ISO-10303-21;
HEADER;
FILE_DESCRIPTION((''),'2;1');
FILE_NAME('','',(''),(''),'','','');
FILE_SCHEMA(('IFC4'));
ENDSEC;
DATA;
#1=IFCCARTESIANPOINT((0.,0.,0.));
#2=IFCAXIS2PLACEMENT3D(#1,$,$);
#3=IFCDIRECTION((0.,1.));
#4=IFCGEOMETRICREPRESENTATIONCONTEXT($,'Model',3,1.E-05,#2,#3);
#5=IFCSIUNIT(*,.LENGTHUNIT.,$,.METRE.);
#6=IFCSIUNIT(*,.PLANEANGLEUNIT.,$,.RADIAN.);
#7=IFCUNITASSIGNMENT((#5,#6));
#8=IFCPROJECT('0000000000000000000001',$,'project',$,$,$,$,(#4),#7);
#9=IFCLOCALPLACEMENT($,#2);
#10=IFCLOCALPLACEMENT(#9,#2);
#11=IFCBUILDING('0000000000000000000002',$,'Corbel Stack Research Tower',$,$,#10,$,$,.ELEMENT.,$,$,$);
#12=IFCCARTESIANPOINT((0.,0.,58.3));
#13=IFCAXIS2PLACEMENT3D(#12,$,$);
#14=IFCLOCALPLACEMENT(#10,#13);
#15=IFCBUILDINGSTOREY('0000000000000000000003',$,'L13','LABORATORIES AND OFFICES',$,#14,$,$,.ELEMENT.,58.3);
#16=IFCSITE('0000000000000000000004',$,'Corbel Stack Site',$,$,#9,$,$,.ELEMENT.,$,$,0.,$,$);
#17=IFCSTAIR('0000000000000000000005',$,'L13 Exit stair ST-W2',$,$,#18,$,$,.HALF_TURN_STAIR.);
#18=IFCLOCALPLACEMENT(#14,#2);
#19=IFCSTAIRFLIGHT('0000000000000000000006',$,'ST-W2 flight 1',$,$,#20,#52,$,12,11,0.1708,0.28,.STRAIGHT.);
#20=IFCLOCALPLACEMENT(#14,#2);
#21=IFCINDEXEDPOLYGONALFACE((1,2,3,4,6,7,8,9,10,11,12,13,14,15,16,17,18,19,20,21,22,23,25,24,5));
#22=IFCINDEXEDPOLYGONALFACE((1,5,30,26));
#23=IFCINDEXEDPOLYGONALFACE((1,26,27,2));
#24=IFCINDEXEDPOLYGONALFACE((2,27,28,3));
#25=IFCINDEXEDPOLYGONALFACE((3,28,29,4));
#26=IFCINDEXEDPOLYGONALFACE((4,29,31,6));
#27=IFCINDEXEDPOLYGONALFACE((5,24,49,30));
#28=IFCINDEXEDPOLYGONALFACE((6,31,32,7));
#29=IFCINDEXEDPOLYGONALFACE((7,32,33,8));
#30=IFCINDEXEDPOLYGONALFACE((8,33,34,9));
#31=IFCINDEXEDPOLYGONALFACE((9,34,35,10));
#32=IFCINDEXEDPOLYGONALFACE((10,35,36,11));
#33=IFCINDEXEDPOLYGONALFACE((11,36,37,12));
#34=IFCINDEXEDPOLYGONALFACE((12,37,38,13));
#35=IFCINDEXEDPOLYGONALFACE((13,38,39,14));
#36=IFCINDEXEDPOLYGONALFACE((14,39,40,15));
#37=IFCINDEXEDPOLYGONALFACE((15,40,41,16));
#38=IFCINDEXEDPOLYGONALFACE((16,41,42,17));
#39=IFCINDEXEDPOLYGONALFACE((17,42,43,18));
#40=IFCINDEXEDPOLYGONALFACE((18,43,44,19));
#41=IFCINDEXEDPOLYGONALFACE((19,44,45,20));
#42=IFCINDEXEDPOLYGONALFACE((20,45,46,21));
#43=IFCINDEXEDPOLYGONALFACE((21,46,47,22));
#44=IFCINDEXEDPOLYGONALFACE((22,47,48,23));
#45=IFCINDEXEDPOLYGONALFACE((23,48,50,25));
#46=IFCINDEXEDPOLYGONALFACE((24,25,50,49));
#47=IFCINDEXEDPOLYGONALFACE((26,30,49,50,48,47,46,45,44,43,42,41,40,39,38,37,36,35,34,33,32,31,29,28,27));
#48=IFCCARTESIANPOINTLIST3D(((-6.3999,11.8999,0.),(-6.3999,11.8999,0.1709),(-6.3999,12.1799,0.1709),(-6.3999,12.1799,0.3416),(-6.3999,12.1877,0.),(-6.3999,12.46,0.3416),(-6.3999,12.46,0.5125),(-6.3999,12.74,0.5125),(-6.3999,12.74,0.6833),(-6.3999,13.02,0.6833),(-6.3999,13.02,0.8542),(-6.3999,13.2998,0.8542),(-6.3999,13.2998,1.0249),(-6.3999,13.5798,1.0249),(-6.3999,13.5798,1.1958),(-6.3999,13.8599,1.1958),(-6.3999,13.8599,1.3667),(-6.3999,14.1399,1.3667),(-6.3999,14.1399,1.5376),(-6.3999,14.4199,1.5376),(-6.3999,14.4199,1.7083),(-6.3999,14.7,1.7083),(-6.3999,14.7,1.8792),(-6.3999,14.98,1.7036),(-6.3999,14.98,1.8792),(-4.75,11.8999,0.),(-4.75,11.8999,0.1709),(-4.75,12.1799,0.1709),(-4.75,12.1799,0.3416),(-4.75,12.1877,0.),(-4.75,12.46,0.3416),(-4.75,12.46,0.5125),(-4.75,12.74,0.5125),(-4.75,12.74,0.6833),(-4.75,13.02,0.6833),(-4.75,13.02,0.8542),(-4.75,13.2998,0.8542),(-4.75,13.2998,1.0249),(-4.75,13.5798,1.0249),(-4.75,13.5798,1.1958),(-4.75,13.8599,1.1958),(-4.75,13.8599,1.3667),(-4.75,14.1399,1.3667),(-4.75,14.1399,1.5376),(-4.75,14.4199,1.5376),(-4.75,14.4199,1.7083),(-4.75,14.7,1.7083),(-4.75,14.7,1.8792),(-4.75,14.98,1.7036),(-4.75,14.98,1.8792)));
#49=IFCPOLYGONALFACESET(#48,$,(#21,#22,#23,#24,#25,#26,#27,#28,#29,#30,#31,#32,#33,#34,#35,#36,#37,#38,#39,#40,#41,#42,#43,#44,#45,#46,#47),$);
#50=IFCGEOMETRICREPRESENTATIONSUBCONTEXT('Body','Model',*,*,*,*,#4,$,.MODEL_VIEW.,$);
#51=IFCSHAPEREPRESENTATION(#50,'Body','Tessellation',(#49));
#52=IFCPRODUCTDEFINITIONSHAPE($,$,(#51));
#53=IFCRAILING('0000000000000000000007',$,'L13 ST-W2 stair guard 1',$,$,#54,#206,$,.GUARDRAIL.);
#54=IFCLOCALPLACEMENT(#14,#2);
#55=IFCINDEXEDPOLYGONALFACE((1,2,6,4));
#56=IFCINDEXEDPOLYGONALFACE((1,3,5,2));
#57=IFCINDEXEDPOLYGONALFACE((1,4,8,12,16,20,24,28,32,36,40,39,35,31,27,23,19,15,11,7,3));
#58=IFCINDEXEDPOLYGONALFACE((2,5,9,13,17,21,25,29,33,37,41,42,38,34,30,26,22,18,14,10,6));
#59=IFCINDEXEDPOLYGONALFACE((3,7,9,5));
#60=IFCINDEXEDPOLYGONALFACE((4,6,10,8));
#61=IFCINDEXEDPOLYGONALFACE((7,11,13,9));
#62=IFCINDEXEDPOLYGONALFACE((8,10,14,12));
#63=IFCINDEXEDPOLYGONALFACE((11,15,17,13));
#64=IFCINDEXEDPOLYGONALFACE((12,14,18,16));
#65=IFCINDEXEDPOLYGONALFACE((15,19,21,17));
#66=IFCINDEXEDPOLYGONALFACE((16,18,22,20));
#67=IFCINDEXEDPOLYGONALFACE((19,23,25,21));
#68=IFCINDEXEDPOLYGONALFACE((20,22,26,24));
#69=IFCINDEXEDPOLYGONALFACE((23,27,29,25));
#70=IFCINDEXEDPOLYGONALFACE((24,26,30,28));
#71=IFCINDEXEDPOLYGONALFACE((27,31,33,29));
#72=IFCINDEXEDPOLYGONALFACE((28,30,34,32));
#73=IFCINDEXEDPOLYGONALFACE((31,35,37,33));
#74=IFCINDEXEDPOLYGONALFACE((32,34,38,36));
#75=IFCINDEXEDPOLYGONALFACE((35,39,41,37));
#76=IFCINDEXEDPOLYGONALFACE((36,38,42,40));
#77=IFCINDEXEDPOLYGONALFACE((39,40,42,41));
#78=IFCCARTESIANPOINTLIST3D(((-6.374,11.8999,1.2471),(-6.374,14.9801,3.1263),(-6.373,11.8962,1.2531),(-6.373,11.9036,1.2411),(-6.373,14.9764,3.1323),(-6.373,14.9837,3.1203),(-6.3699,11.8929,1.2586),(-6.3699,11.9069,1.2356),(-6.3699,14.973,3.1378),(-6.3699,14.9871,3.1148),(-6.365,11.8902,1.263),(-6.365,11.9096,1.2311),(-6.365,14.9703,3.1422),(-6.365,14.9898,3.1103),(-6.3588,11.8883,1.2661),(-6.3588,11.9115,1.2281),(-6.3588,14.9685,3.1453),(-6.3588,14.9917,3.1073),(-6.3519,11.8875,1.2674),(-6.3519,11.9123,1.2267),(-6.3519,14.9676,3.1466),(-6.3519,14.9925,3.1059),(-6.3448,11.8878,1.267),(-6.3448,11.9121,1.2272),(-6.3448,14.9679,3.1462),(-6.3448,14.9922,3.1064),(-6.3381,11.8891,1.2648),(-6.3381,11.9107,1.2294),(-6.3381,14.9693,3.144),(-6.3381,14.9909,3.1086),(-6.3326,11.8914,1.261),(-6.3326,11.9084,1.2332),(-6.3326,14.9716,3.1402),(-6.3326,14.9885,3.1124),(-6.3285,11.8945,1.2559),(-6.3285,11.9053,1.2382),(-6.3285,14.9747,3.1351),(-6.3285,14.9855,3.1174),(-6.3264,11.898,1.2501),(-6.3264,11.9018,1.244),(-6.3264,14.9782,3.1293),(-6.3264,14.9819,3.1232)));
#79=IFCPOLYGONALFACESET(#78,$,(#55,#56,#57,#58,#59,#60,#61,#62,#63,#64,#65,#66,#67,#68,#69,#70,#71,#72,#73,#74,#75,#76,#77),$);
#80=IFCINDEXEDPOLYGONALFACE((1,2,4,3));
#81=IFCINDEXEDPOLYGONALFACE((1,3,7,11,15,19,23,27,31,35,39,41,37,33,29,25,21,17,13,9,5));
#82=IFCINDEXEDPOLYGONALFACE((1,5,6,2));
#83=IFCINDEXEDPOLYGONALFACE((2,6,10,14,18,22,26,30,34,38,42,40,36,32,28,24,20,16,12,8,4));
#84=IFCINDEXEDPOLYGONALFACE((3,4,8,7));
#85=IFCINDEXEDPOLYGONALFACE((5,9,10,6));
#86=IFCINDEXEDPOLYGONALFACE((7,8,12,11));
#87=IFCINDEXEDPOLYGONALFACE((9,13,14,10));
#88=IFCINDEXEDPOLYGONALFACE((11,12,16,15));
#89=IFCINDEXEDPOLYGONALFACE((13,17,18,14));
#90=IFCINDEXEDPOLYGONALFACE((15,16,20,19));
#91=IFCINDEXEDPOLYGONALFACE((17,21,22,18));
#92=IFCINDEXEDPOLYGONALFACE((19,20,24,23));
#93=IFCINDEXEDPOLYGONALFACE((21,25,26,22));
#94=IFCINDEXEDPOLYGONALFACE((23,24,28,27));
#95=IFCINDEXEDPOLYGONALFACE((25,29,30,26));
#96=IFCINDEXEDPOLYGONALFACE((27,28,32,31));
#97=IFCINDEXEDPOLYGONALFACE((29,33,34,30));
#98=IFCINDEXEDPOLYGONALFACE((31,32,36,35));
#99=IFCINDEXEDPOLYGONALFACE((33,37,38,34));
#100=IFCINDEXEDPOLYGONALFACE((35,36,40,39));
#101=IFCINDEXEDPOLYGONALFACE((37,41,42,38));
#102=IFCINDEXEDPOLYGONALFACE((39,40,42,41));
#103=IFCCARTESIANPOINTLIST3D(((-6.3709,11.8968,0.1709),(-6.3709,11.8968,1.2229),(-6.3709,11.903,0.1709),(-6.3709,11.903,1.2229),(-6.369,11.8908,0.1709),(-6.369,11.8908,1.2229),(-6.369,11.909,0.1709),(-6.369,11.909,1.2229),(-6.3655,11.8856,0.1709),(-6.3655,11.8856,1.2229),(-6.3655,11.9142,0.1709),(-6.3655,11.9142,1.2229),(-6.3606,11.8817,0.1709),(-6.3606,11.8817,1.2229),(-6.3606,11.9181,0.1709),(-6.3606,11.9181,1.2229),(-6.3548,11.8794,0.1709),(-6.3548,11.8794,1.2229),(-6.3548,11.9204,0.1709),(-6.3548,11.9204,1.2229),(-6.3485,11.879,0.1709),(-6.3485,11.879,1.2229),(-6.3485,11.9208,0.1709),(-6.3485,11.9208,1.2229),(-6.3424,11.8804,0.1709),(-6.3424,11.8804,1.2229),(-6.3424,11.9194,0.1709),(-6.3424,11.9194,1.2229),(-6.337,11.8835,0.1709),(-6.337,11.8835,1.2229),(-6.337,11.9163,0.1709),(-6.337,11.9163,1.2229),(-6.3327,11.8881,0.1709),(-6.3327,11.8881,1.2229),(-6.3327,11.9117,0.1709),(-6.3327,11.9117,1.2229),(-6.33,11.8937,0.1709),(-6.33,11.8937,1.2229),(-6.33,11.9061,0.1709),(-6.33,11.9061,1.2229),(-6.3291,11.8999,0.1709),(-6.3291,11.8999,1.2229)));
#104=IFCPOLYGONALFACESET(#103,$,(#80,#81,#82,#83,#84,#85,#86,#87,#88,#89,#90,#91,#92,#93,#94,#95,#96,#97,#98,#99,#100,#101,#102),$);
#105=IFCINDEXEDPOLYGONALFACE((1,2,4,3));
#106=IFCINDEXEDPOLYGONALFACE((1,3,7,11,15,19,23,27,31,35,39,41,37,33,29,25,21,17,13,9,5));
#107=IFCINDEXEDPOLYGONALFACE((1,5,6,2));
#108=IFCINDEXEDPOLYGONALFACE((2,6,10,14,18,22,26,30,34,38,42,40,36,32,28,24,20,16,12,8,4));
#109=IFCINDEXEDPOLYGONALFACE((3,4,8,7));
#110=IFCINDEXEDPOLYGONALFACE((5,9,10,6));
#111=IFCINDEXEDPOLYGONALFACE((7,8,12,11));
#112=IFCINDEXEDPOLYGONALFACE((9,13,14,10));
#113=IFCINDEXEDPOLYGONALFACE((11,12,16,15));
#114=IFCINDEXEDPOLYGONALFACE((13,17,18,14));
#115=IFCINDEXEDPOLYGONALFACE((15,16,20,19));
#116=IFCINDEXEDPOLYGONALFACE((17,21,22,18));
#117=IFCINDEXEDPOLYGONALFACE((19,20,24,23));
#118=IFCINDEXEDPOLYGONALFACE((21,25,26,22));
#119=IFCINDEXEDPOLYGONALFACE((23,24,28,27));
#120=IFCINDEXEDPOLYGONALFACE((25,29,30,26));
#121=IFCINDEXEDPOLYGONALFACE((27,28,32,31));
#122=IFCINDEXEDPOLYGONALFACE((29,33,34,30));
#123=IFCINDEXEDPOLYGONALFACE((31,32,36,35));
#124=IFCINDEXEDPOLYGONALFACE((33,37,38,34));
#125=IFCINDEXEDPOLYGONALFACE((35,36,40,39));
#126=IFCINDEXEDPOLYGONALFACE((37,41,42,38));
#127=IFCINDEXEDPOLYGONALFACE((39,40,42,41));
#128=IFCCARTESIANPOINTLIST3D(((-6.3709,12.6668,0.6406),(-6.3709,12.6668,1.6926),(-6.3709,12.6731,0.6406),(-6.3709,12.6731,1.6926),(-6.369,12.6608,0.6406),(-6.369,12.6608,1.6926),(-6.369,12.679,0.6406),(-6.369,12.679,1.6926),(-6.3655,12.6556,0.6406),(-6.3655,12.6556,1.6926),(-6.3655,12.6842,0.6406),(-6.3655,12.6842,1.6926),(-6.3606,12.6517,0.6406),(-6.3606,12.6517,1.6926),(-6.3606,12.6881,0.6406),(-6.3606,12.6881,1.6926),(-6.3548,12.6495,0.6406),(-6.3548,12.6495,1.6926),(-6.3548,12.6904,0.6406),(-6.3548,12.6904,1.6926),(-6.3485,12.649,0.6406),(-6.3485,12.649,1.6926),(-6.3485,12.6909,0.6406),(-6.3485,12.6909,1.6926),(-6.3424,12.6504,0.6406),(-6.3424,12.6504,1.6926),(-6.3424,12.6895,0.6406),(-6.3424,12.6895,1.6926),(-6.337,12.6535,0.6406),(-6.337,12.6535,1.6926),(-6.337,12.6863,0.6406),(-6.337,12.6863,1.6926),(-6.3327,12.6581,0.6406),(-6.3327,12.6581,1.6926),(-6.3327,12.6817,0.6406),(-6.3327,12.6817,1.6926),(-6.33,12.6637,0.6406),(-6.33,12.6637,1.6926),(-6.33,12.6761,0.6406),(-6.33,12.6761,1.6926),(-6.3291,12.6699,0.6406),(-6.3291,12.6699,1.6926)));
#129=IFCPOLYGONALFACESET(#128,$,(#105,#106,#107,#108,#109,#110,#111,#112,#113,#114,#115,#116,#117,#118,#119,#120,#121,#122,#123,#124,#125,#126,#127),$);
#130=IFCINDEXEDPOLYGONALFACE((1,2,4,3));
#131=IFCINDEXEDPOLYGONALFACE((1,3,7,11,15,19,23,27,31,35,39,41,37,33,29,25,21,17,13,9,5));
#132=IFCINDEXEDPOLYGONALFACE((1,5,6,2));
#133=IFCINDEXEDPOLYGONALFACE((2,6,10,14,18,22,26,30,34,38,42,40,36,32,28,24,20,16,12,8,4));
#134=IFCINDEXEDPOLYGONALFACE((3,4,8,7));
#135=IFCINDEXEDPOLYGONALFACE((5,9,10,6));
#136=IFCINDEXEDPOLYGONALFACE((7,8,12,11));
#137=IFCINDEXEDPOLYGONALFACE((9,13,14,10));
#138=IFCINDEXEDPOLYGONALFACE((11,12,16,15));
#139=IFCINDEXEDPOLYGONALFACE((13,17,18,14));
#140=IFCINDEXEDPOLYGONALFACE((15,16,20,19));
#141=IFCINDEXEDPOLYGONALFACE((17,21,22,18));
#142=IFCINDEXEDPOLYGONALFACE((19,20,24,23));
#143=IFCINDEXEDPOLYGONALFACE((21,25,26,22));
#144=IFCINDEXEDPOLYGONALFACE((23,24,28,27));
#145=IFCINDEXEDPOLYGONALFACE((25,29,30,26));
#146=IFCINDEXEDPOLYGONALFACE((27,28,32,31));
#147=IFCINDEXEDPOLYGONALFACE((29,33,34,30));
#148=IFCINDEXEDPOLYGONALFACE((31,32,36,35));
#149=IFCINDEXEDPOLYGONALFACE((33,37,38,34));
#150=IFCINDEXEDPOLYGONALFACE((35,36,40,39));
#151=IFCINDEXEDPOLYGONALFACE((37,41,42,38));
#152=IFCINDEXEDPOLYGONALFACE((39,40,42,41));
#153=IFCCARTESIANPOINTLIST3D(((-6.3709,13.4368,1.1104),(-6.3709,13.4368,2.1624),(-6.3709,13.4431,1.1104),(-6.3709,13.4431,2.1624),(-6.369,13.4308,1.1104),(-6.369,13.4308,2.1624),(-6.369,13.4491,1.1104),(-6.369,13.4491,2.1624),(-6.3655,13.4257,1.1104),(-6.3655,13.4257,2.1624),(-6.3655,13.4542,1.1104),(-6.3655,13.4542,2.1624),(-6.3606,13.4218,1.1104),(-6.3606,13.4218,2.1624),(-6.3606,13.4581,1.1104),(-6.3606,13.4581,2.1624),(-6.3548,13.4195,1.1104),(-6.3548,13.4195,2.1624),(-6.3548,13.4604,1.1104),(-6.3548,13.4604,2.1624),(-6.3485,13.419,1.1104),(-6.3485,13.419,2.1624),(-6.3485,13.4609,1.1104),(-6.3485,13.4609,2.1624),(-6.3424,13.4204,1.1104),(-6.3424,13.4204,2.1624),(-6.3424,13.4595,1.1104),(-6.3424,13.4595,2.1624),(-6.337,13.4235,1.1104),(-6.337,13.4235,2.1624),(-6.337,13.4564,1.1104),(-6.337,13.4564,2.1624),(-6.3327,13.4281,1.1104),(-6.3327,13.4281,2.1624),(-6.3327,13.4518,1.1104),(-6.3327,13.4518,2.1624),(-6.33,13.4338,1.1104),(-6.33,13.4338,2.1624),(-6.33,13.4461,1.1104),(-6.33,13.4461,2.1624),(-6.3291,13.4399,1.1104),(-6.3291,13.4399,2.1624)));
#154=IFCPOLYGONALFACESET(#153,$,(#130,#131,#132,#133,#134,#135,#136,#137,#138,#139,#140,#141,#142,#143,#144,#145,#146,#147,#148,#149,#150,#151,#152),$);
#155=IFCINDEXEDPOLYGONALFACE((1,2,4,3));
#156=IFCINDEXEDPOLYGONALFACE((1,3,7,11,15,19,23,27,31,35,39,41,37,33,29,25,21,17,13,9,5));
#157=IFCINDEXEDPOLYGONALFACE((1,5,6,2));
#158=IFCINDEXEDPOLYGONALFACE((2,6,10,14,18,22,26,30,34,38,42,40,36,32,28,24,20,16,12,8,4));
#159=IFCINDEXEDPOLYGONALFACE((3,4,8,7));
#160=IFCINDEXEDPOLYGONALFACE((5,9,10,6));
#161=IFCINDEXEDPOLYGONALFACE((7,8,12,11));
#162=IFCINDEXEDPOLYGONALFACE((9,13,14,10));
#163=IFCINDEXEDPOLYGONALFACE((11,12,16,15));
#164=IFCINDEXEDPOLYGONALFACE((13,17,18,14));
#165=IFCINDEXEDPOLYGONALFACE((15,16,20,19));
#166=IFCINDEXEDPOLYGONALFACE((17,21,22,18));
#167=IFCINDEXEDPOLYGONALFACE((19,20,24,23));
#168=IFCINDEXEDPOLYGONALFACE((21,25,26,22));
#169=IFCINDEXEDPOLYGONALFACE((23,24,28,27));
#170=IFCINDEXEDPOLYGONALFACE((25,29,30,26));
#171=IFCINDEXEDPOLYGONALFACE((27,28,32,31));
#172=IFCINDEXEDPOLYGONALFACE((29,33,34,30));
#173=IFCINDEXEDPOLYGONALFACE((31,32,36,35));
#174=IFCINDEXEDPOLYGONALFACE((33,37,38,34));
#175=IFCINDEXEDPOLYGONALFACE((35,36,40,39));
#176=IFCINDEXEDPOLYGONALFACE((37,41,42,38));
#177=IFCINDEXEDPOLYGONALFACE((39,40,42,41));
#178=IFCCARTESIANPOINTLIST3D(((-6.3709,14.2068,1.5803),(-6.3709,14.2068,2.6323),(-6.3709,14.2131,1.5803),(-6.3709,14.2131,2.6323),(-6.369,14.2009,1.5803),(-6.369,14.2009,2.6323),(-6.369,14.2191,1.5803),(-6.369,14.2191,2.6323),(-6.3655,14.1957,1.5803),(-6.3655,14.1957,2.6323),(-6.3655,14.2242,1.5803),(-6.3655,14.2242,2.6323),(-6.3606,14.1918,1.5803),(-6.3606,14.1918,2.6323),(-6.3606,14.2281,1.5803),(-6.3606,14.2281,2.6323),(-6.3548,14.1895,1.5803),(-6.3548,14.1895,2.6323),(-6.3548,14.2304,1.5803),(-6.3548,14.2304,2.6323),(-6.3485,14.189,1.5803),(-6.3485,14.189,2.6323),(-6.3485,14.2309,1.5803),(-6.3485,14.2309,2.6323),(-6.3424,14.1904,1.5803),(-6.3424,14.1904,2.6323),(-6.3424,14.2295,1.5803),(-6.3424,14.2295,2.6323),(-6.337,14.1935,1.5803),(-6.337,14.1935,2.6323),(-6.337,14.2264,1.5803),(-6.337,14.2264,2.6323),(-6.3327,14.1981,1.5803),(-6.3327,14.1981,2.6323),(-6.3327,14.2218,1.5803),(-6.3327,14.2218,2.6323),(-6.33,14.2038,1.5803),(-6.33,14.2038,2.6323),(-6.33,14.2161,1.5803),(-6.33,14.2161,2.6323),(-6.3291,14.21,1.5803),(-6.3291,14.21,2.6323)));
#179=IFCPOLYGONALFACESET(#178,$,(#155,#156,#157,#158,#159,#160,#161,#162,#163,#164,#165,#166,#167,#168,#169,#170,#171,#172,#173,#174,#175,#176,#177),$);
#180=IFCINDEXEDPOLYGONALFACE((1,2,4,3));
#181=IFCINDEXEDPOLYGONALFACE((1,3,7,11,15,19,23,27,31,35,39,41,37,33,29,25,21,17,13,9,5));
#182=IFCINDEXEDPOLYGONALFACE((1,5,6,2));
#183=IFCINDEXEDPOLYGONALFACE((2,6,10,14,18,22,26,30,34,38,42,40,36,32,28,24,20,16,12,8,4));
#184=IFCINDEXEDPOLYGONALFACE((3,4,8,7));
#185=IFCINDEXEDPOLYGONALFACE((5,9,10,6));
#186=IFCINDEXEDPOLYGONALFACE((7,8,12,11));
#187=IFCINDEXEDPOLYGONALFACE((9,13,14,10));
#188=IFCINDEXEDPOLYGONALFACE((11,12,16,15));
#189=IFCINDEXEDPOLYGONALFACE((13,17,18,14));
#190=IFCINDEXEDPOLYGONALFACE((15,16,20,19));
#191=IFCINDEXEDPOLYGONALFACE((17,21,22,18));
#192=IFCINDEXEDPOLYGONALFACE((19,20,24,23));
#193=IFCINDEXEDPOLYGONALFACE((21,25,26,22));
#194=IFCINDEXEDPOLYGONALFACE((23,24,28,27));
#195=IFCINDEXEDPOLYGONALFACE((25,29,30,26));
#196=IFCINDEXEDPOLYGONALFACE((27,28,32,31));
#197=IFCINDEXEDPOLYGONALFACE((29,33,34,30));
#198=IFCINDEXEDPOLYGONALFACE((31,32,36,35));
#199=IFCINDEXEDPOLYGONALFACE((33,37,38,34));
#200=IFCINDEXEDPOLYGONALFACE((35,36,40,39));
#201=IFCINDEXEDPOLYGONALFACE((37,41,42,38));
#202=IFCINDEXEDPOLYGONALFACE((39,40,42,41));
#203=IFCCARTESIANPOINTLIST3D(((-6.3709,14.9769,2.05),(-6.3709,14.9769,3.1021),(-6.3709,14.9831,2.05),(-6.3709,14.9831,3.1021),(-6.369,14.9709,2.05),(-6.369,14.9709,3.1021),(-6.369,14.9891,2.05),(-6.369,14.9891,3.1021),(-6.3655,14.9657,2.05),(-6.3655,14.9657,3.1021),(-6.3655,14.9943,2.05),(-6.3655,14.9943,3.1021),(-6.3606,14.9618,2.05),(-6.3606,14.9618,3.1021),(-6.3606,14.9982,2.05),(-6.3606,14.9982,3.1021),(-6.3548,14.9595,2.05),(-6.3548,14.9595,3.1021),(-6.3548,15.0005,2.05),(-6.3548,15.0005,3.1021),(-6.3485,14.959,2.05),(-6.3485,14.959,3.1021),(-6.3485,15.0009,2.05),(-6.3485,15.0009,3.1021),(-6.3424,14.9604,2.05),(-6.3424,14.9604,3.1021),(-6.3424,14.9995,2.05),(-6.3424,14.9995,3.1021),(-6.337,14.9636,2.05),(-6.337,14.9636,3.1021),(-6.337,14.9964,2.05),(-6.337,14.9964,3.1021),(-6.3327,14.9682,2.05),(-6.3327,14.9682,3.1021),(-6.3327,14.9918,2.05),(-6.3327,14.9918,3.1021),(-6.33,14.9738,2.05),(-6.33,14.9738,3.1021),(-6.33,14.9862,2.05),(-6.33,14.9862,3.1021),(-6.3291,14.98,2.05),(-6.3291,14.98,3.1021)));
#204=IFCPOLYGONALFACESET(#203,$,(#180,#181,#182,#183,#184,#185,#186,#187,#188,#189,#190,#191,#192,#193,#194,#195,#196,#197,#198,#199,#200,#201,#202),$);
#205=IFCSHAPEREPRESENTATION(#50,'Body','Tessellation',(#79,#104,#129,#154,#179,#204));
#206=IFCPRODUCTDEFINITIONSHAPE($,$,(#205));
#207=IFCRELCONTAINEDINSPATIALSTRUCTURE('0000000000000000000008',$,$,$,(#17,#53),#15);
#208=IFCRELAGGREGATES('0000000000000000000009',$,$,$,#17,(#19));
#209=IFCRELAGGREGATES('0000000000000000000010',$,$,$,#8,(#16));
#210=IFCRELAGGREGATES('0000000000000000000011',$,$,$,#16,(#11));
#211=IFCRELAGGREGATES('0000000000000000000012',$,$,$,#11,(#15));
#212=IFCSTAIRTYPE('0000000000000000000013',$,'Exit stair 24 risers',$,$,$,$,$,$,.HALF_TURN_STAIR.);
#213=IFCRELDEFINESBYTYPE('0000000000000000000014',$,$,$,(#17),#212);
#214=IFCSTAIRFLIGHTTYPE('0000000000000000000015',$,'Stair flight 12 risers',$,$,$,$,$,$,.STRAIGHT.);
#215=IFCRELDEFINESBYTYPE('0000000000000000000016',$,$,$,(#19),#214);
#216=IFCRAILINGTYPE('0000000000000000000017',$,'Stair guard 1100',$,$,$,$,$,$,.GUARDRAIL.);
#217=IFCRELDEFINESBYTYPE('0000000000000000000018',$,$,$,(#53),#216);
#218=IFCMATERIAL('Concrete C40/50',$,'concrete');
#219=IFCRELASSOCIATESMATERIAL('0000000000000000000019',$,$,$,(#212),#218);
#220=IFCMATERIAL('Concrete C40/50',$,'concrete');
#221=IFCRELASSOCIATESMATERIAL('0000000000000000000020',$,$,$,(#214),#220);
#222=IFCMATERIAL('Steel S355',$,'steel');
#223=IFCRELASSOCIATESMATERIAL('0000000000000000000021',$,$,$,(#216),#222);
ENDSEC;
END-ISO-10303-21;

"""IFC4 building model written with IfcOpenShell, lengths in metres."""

from ifc_helpers import new_model, si_unit, direction, frame, origin, origin_2d, place, context, subcontext, project, spatial, polyline, circle, outline, extrude, material, type_object, element, aggregate, save


model = new_model("IFC4")

# Units and contexts
model_context = context("Model", 3, precision=1e-05, world=origin(), true_north=direction((0.0, 1.0)))
body_context = subcontext(model_context, "Body", "Model", "MODEL_VIEW")
ifc_project = project(units=[si_unit("LENGTHUNIT", "METRE"), si_unit("PLANEANGLEUNIT", "RADIAN")], contexts=[model_context])

# Site, building, storey
site_placement = place(None, origin())
site = spatial("IfcSite", under=ifc_project, at=site_placement, Name="Corbel Stack Site", CompositionType="ELEMENT", RefElevation=0.0)
building_placement = place(site_placement, origin())
building = spatial("IfcBuilding", under=site, at=building_placement, Name="Corbel Stack Research Tower", CompositionType="ELEMENT")
storey_placement = place(building_placement, frame((0.0, 0.0, 58.3)))
storey = spatial("IfcBuildingStorey", under=building, at=storey_placement, Name="L13", Description="LABORATORIES AND OFFICES", CompositionType="ELEMENT", Elevation=58.3)

# Stair, stair flight
ifc_material_1 = material(Name="Concrete C40/50", Category="concrete")
stair_type = type_object("IfcStairType", Name="Exit stair 24 risers", PredefinedType="HALF_TURN_STAIR", material=ifc_material_1)
stair_placement = place(storey_placement, origin())
stair = element("IfcStair", 1, at=stair_placement, inside=storey, type_object=stair_type, Name="L13 Exit stair ST-W2", PredefinedType="HALF_TURN_STAIR")
ifc_material_2 = material(Name="Concrete C40/50", Category="concrete")
stair_flight_type = type_object("IfcStairFlightType", Name="Stair flight 12 risers", PredefinedType="STRAIGHT", material=ifc_material_2)
stair_flight_placement = place(storey_placement, frame((-5.575, 11.8999, 0.0), z_axis=(0.0, 0.0, 1.0), x_axis=(0.0, 1.0, 0.0)))
stair_flight = element("IfcStairFlight", 2, at=stair_flight_placement, type_object=stair_flight_type, Name="ST-W2 flight 1", NumberOfRisers=12, NumberOfTreads=11, PredefinedType="STRAIGHT", RiserHeight=0.1708, TreadLength=0.28, context=body_context, shape_type="SweptSolid", body=[
    extrude(outline(polyline([(0.0, 0.0), (0.0, 0.1709), (0.28, 0.1709), (0.28, 0.3416), (0.5601, 0.3416), (0.5601, 0.5125), (0.8401, 0.5125), (0.8401, 0.6833), (1.1201, 0.6833), (1.1201, 0.8542), (1.3999, 0.8542), (1.3999, 1.0249), (1.6799, 1.0249), (1.6799, 1.1958), (1.96, 1.1958), (1.96, 1.3667), (2.24, 1.3667), (2.24, 1.5376), (2.52, 1.5376), (2.52, 1.7083), (2.8, 1.7083), (2.8, 1.8792), (3.0801, 1.8792), (3.0801, 2.05), (3.0801, 1.7036), (0.2878, 0.0), (0.0, 0.0)])), frame((0.0, 0.825, 0.0), z_axis=(0.0, -1.0, 0.0), x_axis=(1.0, 0.0, 0.0)), (0.0, 0.0, 1.0), 1.6499),
])
aggregate(stair, [stair_flight])

# Railing
ifc_material_3 = material(Name="Steel S355", Category="steel")
railing_type_1 = type_object("IfcRailingType", Name="Stair guard 1100", PredefinedType="GUARDRAIL", material=ifc_material_3)
railing_1_placement = place(storey_placement, frame((-6.3501, 11.8999, 0.1709)))
element("IfcRailing", 3, at=railing_1_placement, inside=storey, type_object=railing_type_1, Name="L13 ST-W2 stair guard 1", PredefinedType="GUARDRAIL", context=body_context, shape_type="SweptSolid", body=[
    extrude(circle(Radius=0.0239, at=origin_2d()), frame((0.0, 0.0, 1.0762), z_axis=(0.0, 0.853666, 0.52082), x_axis=(-1.0, 0.0, 0.0)), (0.0, 0.0, 1.0), 3.6082),
    extrude(circle(Radius=0.021, at=origin_2d()), origin(), (0.0, 0.0, 1.0), 1.052),
    extrude(circle(Radius=0.021, at=origin_2d()), frame((0.0, 0.77, 0.4697)), (0.0, 0.0, 1.0), 1.052),
    extrude(circle(Radius=0.021, at=origin_2d()), frame((0.0, 1.54, 0.9395)), (0.0, 0.0, 1.0), 1.052),
    extrude(circle(Radius=0.021, at=origin_2d()), frame((0.0, 2.3101, 1.4094)), (0.0, 0.0, 1.0), 1.052),
    extrude(circle(Radius=0.021, at=origin_2d()), frame((0.0, 3.0801, 1.8792)), (0.0, 0.0, 1.0), 1.052),
])

save(model, "model.ifc")
